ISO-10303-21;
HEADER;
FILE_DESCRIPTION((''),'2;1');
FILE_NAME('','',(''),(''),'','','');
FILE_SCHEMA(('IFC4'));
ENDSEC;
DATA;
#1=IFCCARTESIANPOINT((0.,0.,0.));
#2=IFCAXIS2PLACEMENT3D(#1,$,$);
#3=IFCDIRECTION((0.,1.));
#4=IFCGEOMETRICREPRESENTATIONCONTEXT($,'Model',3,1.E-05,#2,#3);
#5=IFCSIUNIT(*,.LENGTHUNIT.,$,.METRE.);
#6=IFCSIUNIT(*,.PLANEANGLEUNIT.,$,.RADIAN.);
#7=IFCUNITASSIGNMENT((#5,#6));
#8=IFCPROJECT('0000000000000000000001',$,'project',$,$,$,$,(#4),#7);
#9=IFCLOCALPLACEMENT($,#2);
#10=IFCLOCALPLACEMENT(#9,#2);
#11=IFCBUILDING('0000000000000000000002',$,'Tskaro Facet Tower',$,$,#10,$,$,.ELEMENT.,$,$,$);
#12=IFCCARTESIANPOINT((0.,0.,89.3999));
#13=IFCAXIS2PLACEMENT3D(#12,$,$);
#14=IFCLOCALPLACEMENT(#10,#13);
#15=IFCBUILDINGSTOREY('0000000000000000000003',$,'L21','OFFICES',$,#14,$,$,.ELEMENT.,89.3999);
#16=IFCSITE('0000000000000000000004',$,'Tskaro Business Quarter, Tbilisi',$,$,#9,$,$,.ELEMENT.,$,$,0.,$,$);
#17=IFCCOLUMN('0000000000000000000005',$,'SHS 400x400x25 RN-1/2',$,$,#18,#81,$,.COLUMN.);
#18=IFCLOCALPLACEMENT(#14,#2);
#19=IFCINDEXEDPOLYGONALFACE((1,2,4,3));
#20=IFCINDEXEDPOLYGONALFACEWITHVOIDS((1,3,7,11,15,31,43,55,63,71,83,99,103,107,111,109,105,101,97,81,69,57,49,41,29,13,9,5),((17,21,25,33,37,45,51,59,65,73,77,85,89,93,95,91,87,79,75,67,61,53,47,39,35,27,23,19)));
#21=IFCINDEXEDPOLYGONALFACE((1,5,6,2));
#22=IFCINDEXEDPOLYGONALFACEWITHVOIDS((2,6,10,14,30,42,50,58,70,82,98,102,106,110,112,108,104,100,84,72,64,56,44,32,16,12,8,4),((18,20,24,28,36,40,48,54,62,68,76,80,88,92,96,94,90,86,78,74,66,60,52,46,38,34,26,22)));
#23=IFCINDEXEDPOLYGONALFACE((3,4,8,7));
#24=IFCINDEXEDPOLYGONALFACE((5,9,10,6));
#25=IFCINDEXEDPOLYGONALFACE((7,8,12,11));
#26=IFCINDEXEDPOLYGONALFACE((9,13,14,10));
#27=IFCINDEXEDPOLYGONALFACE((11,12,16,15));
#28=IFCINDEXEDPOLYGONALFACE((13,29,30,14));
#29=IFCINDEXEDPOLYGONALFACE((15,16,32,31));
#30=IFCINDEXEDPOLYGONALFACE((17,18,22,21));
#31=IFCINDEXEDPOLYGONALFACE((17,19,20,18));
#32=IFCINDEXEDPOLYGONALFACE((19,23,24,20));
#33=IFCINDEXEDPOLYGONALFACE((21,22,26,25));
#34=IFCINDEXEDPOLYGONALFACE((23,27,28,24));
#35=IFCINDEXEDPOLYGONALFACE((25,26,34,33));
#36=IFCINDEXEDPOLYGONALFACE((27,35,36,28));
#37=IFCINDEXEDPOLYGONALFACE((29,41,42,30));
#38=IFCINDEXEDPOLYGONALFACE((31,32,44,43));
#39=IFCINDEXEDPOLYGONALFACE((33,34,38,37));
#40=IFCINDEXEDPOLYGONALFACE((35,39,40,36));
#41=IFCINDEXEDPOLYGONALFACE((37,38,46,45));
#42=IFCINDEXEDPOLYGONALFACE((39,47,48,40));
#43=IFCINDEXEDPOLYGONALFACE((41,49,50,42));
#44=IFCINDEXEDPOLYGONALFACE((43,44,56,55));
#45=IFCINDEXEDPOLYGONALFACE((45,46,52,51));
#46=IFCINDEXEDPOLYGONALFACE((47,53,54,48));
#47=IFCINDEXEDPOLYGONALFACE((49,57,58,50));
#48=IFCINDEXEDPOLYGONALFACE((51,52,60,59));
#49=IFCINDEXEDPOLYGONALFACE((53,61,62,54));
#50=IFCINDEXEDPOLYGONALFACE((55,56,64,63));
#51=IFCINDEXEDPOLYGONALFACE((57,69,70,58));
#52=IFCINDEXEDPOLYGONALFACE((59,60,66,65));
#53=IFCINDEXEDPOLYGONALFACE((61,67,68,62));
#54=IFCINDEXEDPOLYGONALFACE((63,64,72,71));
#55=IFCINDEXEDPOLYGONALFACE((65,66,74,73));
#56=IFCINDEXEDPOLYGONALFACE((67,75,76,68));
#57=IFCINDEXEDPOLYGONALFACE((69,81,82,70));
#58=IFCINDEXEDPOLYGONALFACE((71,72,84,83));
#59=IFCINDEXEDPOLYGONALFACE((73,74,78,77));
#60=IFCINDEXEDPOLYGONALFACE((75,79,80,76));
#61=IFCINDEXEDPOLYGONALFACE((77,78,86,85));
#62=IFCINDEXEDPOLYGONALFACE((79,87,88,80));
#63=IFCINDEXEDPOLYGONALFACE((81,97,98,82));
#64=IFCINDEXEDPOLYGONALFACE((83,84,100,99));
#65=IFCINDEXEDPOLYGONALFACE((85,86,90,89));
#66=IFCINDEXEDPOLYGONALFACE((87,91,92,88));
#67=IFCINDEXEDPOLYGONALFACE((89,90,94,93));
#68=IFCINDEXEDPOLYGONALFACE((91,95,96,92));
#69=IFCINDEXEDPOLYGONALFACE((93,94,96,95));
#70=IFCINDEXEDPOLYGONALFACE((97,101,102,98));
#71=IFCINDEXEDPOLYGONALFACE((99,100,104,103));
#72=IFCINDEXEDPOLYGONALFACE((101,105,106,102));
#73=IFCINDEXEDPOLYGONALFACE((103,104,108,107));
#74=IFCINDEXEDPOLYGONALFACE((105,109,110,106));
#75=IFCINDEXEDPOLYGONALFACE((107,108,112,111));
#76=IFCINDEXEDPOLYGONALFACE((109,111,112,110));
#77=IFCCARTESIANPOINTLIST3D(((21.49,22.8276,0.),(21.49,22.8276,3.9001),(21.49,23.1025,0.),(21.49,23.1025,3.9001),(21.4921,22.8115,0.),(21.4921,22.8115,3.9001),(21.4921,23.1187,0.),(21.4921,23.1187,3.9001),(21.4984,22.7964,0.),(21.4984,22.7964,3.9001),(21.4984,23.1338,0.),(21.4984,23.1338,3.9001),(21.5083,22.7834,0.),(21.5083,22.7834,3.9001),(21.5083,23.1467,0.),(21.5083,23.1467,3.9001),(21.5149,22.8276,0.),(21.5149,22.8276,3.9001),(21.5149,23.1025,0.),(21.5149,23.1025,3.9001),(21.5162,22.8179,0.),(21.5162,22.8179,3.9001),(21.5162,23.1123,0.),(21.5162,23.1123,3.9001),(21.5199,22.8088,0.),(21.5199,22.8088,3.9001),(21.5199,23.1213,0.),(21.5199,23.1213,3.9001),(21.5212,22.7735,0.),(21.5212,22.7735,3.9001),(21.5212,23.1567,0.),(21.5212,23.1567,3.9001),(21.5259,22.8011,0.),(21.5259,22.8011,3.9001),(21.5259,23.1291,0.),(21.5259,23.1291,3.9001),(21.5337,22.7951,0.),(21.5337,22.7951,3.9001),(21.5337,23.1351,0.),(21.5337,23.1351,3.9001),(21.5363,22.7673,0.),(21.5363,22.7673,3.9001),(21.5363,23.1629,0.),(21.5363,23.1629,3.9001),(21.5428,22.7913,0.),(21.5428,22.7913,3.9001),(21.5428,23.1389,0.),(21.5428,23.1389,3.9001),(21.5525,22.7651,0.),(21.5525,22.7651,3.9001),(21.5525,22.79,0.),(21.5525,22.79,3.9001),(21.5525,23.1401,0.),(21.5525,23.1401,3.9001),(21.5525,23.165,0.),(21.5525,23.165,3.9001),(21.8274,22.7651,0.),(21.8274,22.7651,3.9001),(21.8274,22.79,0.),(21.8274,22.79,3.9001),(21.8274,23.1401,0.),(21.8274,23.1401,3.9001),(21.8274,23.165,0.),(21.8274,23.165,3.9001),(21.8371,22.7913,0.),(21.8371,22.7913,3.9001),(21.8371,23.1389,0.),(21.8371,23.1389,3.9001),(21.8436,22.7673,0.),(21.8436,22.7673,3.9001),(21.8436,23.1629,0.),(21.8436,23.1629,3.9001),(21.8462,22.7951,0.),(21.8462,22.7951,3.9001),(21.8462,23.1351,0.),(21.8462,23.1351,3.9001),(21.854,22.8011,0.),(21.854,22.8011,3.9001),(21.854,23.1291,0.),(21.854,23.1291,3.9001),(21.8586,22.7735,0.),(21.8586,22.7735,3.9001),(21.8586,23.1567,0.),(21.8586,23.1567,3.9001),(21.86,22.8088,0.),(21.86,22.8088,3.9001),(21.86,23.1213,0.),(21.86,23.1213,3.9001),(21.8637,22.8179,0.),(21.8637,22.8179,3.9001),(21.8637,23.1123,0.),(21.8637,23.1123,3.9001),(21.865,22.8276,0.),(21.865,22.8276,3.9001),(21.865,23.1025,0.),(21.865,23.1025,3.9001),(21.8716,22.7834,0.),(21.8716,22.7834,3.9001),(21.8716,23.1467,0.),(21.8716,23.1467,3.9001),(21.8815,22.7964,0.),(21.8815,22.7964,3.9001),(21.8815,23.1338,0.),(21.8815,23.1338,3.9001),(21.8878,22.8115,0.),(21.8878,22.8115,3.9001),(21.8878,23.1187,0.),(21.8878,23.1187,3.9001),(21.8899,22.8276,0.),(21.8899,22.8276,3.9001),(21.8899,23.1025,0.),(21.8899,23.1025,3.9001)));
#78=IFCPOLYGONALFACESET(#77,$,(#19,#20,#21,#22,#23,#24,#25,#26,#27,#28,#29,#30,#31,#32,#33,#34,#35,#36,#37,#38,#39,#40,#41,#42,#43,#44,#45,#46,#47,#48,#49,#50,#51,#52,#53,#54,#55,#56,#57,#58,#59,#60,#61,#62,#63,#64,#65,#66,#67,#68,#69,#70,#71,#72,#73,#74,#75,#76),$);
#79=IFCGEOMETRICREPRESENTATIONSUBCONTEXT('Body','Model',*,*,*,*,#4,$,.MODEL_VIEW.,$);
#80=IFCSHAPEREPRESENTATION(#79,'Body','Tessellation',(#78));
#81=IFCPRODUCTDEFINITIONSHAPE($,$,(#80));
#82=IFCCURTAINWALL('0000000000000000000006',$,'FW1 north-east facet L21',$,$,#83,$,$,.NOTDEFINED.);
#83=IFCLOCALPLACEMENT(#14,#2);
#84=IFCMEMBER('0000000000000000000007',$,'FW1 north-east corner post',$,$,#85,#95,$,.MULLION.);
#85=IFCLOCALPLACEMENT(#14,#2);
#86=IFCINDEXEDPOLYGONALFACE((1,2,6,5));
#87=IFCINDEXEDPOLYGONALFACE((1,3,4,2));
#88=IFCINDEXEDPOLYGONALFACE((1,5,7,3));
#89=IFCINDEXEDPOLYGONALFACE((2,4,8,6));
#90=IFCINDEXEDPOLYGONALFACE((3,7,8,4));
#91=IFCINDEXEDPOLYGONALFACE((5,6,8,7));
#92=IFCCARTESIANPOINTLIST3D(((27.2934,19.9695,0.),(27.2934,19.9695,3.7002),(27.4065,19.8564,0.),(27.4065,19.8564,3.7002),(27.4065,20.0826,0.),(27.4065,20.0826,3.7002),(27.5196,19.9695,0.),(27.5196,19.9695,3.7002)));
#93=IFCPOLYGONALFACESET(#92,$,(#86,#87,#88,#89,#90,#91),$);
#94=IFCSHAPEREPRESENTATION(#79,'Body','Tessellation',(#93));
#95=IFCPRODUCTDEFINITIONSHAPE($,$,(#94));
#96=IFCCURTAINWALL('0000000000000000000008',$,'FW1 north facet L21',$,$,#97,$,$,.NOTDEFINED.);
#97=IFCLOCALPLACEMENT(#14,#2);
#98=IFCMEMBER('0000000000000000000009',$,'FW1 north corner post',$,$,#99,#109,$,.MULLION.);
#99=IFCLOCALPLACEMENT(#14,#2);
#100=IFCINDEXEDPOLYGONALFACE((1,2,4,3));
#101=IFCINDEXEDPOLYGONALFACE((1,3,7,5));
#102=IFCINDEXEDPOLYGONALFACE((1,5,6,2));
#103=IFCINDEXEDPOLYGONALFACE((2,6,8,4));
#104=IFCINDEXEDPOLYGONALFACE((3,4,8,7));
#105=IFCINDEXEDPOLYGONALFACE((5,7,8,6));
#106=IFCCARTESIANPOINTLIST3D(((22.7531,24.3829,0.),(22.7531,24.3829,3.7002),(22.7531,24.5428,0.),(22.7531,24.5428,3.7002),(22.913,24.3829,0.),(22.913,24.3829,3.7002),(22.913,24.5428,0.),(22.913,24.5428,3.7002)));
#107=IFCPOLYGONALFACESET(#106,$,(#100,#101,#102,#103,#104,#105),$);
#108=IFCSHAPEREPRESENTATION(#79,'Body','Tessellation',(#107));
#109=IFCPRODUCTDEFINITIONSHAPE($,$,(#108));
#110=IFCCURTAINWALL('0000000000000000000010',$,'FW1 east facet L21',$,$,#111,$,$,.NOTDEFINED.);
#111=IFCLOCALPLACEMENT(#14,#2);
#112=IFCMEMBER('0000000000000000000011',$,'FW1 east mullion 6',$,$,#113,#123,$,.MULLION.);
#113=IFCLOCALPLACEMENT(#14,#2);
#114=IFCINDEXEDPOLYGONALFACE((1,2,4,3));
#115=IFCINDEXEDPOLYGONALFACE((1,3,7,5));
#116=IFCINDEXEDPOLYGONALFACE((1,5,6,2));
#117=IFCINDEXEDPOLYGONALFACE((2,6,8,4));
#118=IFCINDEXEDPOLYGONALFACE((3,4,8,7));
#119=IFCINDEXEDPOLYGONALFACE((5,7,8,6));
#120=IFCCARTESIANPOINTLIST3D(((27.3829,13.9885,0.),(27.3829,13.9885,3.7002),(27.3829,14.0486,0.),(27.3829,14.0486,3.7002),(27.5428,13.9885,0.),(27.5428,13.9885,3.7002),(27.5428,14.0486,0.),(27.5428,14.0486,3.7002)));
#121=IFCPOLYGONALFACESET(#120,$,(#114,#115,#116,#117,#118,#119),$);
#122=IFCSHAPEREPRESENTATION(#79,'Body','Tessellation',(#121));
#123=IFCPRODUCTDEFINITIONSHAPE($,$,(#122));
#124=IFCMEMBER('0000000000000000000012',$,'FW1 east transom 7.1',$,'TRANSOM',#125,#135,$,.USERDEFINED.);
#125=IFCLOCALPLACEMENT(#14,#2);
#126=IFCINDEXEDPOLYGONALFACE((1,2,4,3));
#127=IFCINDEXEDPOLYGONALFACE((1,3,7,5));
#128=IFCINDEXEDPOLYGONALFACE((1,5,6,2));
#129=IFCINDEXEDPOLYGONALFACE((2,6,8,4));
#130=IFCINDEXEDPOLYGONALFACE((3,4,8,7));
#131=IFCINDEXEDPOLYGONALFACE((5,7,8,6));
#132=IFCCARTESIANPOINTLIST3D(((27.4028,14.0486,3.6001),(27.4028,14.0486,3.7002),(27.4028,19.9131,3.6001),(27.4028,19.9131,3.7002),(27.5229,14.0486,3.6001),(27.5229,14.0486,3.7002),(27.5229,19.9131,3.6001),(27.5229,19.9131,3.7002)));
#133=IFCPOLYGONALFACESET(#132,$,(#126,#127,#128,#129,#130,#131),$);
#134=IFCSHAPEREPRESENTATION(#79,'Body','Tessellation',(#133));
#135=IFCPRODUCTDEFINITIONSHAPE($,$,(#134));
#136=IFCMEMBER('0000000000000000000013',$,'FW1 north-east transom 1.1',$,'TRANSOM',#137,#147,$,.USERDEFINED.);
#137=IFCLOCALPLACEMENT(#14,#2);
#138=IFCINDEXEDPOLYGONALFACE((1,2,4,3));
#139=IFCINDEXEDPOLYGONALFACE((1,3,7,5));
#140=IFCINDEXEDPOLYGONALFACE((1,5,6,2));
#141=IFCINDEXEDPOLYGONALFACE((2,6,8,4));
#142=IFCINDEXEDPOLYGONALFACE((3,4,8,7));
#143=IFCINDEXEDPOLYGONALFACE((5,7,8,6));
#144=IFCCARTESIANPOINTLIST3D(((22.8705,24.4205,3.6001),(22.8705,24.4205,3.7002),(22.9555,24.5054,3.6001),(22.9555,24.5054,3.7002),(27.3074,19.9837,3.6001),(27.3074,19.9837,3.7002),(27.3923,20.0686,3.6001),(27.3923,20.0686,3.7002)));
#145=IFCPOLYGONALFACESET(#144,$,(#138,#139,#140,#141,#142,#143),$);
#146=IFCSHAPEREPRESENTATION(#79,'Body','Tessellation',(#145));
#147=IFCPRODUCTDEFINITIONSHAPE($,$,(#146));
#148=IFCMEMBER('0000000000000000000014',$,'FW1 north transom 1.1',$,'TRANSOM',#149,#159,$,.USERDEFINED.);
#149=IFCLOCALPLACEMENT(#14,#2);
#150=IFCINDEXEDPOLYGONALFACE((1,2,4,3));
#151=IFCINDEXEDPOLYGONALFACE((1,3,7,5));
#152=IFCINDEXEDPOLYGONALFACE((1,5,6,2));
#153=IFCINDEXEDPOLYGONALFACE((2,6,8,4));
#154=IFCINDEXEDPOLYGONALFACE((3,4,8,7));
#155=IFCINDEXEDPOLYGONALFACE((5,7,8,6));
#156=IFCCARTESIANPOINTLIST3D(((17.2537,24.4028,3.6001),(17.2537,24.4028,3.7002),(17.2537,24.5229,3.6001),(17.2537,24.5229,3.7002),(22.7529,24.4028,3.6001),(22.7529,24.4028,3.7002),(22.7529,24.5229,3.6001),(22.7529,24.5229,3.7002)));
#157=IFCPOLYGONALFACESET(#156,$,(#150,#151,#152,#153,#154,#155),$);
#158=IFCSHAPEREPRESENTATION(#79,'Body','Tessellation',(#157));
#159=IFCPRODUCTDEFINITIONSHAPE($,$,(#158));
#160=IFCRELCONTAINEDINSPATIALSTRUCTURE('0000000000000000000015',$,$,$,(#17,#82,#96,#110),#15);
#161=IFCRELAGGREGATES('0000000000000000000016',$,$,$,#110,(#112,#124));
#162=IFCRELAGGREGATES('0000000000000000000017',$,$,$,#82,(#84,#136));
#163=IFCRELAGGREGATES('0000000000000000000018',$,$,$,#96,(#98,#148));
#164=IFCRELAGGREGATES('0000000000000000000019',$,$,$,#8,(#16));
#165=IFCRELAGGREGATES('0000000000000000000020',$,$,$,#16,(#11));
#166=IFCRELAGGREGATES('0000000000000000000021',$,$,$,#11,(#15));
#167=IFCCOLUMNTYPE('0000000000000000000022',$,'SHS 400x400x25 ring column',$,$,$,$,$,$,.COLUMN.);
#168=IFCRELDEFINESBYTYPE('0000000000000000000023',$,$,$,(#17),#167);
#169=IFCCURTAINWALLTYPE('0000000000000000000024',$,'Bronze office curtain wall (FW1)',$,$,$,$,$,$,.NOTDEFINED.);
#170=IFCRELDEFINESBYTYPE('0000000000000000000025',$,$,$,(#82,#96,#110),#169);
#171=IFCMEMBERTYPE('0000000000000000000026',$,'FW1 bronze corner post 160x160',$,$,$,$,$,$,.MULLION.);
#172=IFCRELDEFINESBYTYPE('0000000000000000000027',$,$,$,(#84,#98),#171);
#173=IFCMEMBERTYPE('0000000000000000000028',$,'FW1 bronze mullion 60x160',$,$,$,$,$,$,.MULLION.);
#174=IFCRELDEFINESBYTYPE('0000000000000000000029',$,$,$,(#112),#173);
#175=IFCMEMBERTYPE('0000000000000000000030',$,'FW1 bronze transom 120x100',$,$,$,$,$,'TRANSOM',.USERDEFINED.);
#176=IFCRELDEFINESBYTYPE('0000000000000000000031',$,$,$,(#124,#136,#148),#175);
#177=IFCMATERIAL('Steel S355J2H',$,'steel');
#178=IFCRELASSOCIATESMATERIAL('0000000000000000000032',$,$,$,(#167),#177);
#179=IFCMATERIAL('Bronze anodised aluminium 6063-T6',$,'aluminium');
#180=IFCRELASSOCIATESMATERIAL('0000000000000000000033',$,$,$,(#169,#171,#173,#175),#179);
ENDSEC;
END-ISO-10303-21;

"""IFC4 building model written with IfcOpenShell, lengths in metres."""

from ifc_helpers import new_model, si_unit, direction, frame, origin, origin_2d, place, context, subcontext, project, spatial, rectangle, hollow_rectangle, extrude, material, material_profile, profile_set, type_object, element, aggregate, save


model = new_model("IFC4")

# Units and contexts
model_context = context("Model", 3, precision=1e-05, world=origin(), true_north=direction((0.0, 1.0)))
body_context = subcontext(model_context, "Body", "Model", "MODEL_VIEW")
ifc_project = project(units=[si_unit("LENGTHUNIT", "METRE"), si_unit("PLANEANGLEUNIT", "RADIAN")], contexts=[model_context])

# Site, building, storey
site_placement = place(None, origin())
site = spatial("IfcSite", under=ifc_project, at=site_placement, Name="Tskaro Business Quarter, Tbilisi", CompositionType="ELEMENT", RefElevation=0.0)
building_placement = place(site_placement, origin())
building = spatial("IfcBuilding", under=site, at=building_placement, Name="Tskaro Facet Tower", CompositionType="ELEMENT")
storey_placement = place(building_placement, frame((0.0, 0.0, 89.3999)))
storey = spatial("IfcBuildingStorey", under=building, at=storey_placement, Name="L21", Description="OFFICES", CompositionType="ELEMENT", Elevation=89.3999)

# Column
ifc_material_1 = material(Name="Steel S355J2H", Category="steel")
ifc_material_profile_1 = material_profile(ifc_material_1, hollow_rectangle(XDim=0.3999, YDim=0.3999, WallThickness=0.0249, InnerFilletRadius=0.0376, OuterFilletRadius=0.0625, at=origin_2d()), Name="SHS 400x400x25")
ifc_profile_set_1 = profile_set([ifc_material_profile_1], Name="Steel S355J2H")
column_type_1 = type_object("IfcColumnType", Name="SHS 400x400x25 ring column", PredefinedType="COLUMN", material=ifc_profile_set_1)
for number, where, z_axis, x_axis, name in (
    (1, (21.6899, 22.9651, 0.0), (0.0, 0.0, 1.0), (1.0, 0.0, 0.0), "SHS 400x400x25 RN-1/2"),
):
    element("IfcColumn", number, at=place(storey_placement, frame(where, z_axis=z_axis, x_axis=x_axis)), inside=storey, type_object=column_type_1, Name=name, PredefinedType="COLUMN", context=body_context, shape_type="SweptSolid", body=[
        extrude(hollow_rectangle(XDim=0.3999, YDim=0.3999, WallThickness=0.0249, InnerFilletRadius=0.0376, OuterFilletRadius=0.0625, at=origin_2d()), origin(), (0.0, 0.0, 1.0), 3.9001),
    ])

# Curtain walls, members
ifc_material_2 = material(Name="Bronze anodised aluminium 6063-T6", Category="aluminium")
curtain_wall_type = type_object("IfcCurtainWallType", Name="Bronze office curtain wall (FW1)", PredefinedType="NOTDEFINED", material=ifc_material_2)
curtain_wall_1_placement = place(storey_placement, origin())
curtain_wall_1 = element("IfcCurtainWall", 2, at=curtain_wall_1_placement, inside=storey, type_object=curtain_wall_type, Name="FW1 north-east facet L21", PredefinedType="NOTDEFINED")
ifc_material_profile_2 = material_profile(ifc_material_2, rectangle(XDim=0.1599, YDim=0.1599, at=origin_2d()), Name="Corner post 160x160")
ifc_profile_set_2 = profile_set([ifc_material_profile_2], Name="Bronze anodised aluminium 6063-T6")
member_type_1 = type_object("IfcMemberType", Name="FW1 bronze corner post 160x160", PredefinedType="MULLION", material=ifc_profile_set_2)
member_1_placement = place(storey_placement, frame((27.4065, 19.9695, 0.0), z_axis=(0.0, 0.0, 1.0), x_axis=(-0.707107, 0.707107, 0.0)))
member_1 = element("IfcMember", 3, at=member_1_placement, type_object=member_type_1, Name="FW1 north-east corner post", PredefinedType="MULLION", context=body_context, shape_type="SweptSolid", body=[
    extrude(rectangle(XDim=0.1599, YDim=0.1599, at=origin_2d()), origin(), (0.0, 0.0, 1.0), 3.7002),
])
curtain_wall_2_placement = place(storey_placement, origin())
curtain_wall_2 = element("IfcCurtainWall", 4, at=curtain_wall_2_placement, inside=storey, type_object=curtain_wall_type, Name="FW1 north facet L21", PredefinedType="NOTDEFINED")
member_2_placement = place(storey_placement, frame((22.833, 24.4629, 0.0), z_axis=(0.0, 0.0, 1.0), x_axis=(-1.0, 0.0, 0.0)))
member_2 = element("IfcMember", 5, at=member_2_placement, type_object=member_type_1, Name="FW1 north corner post", PredefinedType="MULLION", context=body_context, shape_type="SweptSolid", body=[
    extrude(rectangle(XDim=0.1599, YDim=0.1599, at=origin_2d()), origin(), (0.0, 0.0, 1.0), 3.7002),
])

# Curtain wall, members
curtain_wall_3_placement = place(storey_placement, origin())
curtain_wall_3 = element("IfcCurtainWall", 6, at=curtain_wall_3_placement, inside=storey, type_object=curtain_wall_type, Name="FW1 east facet L21", PredefinedType="NOTDEFINED")
ifc_material_profile_3 = material_profile(ifc_material_2, rectangle(XDim=0.0601, YDim=0.1599, at=origin_2d()), Name="Mullion 60x160")
ifc_profile_set_3 = profile_set([ifc_material_profile_3], Name="Bronze anodised aluminium 6063-T6")
member_type_2 = type_object("IfcMemberType", Name="FW1 bronze mullion 60x160", PredefinedType="MULLION", material=ifc_profile_set_3)
member_3_placement = place(storey_placement, frame((27.4629, 14.0186, 0.0), z_axis=(0.0, 0.0, 1.0), x_axis=(0.0, 1.0, 0.0)))
member_3 = element("IfcMember", 7, at=member_3_placement, type_object=member_type_2, Name="FW1 east mullion 6", PredefinedType="MULLION", context=body_context, shape_type="SweptSolid", body=[
    extrude(rectangle(XDim=0.0601, YDim=0.1599, at=origin_2d()), origin(), (0.0, 0.0, 1.0), 3.7002),
])
ifc_material_profile_4 = material_profile(ifc_material_2, rectangle(XDim=0.1201, YDim=0.1001, at=origin_2d()), Name="Transom 120x100")
ifc_profile_set_4 = profile_set([ifc_material_profile_4], Name="Bronze anodised aluminium 6063-T6")
member_type_3 = type_object("IfcMemberType", Name="FW1 bronze transom 120x100", ElementType="TRANSOM", PredefinedType="USERDEFINED", material=ifc_profile_set_4)
member_4_placement = place(storey_placement, frame((27.4629, 14.0486, 3.6501), z_axis=(0.0, 1.0, 0.0), x_axis=(-1.0, 0.0, 0.0)))
member_4 = element("IfcMember", 8, at=member_4_placement, type_object=member_type_3, Name="FW1 east transom 7.1", ObjectType="TRANSOM", PredefinedType="USERDEFINED", context=body_context, shape_type="SweptSolid", body=[
    extrude(rectangle(XDim=0.1201, YDim=0.1001, at=origin_2d()), origin(), (0.0, 0.0, 1.0), 5.8645),
])

# Members
member_5_placement = place(storey_placement, frame((27.3499, 20.0261, 3.6501), z_axis=(-0.707107, 0.707107, 0.0), x_axis=(-0.707107, -0.707107, 0.0)))
member_5 = element("IfcMember", 9, at=member_5_placement, type_object=member_type_3, Name="FW1 north-east transom 1.1", ObjectType="TRANSOM", PredefinedType="USERDEFINED", context=body_context, shape_type="SweptSolid", body=[
    extrude(rectangle(XDim=0.1201, YDim=0.1001, at=origin_2d()), origin(), (0.0, 0.0, 1.0), 6.2747),
])
member_6_placement = place(storey_placement, frame((22.7529, 24.4629, 3.6501), z_axis=(-1.0, 0.0, 0.0), x_axis=(0.0, -1.0, 0.0)))
member_6 = element("IfcMember", 10, at=member_6_placement, type_object=member_type_3, Name="FW1 north transom 1.1", ObjectType="TRANSOM", PredefinedType="USERDEFINED", context=body_context, shape_type="SweptSolid", body=[
    extrude(rectangle(XDim=0.1201, YDim=0.1001, at=origin_2d()), origin(), (0.0, 0.0, 1.0), 5.4993),
])

aggregate(curtain_wall_3, [member_3, member_4])
aggregate(curtain_wall_1, [member_1, member_5])
aggregate(curtain_wall_2, [member_2, member_6])

save(model, "model.ifc")
